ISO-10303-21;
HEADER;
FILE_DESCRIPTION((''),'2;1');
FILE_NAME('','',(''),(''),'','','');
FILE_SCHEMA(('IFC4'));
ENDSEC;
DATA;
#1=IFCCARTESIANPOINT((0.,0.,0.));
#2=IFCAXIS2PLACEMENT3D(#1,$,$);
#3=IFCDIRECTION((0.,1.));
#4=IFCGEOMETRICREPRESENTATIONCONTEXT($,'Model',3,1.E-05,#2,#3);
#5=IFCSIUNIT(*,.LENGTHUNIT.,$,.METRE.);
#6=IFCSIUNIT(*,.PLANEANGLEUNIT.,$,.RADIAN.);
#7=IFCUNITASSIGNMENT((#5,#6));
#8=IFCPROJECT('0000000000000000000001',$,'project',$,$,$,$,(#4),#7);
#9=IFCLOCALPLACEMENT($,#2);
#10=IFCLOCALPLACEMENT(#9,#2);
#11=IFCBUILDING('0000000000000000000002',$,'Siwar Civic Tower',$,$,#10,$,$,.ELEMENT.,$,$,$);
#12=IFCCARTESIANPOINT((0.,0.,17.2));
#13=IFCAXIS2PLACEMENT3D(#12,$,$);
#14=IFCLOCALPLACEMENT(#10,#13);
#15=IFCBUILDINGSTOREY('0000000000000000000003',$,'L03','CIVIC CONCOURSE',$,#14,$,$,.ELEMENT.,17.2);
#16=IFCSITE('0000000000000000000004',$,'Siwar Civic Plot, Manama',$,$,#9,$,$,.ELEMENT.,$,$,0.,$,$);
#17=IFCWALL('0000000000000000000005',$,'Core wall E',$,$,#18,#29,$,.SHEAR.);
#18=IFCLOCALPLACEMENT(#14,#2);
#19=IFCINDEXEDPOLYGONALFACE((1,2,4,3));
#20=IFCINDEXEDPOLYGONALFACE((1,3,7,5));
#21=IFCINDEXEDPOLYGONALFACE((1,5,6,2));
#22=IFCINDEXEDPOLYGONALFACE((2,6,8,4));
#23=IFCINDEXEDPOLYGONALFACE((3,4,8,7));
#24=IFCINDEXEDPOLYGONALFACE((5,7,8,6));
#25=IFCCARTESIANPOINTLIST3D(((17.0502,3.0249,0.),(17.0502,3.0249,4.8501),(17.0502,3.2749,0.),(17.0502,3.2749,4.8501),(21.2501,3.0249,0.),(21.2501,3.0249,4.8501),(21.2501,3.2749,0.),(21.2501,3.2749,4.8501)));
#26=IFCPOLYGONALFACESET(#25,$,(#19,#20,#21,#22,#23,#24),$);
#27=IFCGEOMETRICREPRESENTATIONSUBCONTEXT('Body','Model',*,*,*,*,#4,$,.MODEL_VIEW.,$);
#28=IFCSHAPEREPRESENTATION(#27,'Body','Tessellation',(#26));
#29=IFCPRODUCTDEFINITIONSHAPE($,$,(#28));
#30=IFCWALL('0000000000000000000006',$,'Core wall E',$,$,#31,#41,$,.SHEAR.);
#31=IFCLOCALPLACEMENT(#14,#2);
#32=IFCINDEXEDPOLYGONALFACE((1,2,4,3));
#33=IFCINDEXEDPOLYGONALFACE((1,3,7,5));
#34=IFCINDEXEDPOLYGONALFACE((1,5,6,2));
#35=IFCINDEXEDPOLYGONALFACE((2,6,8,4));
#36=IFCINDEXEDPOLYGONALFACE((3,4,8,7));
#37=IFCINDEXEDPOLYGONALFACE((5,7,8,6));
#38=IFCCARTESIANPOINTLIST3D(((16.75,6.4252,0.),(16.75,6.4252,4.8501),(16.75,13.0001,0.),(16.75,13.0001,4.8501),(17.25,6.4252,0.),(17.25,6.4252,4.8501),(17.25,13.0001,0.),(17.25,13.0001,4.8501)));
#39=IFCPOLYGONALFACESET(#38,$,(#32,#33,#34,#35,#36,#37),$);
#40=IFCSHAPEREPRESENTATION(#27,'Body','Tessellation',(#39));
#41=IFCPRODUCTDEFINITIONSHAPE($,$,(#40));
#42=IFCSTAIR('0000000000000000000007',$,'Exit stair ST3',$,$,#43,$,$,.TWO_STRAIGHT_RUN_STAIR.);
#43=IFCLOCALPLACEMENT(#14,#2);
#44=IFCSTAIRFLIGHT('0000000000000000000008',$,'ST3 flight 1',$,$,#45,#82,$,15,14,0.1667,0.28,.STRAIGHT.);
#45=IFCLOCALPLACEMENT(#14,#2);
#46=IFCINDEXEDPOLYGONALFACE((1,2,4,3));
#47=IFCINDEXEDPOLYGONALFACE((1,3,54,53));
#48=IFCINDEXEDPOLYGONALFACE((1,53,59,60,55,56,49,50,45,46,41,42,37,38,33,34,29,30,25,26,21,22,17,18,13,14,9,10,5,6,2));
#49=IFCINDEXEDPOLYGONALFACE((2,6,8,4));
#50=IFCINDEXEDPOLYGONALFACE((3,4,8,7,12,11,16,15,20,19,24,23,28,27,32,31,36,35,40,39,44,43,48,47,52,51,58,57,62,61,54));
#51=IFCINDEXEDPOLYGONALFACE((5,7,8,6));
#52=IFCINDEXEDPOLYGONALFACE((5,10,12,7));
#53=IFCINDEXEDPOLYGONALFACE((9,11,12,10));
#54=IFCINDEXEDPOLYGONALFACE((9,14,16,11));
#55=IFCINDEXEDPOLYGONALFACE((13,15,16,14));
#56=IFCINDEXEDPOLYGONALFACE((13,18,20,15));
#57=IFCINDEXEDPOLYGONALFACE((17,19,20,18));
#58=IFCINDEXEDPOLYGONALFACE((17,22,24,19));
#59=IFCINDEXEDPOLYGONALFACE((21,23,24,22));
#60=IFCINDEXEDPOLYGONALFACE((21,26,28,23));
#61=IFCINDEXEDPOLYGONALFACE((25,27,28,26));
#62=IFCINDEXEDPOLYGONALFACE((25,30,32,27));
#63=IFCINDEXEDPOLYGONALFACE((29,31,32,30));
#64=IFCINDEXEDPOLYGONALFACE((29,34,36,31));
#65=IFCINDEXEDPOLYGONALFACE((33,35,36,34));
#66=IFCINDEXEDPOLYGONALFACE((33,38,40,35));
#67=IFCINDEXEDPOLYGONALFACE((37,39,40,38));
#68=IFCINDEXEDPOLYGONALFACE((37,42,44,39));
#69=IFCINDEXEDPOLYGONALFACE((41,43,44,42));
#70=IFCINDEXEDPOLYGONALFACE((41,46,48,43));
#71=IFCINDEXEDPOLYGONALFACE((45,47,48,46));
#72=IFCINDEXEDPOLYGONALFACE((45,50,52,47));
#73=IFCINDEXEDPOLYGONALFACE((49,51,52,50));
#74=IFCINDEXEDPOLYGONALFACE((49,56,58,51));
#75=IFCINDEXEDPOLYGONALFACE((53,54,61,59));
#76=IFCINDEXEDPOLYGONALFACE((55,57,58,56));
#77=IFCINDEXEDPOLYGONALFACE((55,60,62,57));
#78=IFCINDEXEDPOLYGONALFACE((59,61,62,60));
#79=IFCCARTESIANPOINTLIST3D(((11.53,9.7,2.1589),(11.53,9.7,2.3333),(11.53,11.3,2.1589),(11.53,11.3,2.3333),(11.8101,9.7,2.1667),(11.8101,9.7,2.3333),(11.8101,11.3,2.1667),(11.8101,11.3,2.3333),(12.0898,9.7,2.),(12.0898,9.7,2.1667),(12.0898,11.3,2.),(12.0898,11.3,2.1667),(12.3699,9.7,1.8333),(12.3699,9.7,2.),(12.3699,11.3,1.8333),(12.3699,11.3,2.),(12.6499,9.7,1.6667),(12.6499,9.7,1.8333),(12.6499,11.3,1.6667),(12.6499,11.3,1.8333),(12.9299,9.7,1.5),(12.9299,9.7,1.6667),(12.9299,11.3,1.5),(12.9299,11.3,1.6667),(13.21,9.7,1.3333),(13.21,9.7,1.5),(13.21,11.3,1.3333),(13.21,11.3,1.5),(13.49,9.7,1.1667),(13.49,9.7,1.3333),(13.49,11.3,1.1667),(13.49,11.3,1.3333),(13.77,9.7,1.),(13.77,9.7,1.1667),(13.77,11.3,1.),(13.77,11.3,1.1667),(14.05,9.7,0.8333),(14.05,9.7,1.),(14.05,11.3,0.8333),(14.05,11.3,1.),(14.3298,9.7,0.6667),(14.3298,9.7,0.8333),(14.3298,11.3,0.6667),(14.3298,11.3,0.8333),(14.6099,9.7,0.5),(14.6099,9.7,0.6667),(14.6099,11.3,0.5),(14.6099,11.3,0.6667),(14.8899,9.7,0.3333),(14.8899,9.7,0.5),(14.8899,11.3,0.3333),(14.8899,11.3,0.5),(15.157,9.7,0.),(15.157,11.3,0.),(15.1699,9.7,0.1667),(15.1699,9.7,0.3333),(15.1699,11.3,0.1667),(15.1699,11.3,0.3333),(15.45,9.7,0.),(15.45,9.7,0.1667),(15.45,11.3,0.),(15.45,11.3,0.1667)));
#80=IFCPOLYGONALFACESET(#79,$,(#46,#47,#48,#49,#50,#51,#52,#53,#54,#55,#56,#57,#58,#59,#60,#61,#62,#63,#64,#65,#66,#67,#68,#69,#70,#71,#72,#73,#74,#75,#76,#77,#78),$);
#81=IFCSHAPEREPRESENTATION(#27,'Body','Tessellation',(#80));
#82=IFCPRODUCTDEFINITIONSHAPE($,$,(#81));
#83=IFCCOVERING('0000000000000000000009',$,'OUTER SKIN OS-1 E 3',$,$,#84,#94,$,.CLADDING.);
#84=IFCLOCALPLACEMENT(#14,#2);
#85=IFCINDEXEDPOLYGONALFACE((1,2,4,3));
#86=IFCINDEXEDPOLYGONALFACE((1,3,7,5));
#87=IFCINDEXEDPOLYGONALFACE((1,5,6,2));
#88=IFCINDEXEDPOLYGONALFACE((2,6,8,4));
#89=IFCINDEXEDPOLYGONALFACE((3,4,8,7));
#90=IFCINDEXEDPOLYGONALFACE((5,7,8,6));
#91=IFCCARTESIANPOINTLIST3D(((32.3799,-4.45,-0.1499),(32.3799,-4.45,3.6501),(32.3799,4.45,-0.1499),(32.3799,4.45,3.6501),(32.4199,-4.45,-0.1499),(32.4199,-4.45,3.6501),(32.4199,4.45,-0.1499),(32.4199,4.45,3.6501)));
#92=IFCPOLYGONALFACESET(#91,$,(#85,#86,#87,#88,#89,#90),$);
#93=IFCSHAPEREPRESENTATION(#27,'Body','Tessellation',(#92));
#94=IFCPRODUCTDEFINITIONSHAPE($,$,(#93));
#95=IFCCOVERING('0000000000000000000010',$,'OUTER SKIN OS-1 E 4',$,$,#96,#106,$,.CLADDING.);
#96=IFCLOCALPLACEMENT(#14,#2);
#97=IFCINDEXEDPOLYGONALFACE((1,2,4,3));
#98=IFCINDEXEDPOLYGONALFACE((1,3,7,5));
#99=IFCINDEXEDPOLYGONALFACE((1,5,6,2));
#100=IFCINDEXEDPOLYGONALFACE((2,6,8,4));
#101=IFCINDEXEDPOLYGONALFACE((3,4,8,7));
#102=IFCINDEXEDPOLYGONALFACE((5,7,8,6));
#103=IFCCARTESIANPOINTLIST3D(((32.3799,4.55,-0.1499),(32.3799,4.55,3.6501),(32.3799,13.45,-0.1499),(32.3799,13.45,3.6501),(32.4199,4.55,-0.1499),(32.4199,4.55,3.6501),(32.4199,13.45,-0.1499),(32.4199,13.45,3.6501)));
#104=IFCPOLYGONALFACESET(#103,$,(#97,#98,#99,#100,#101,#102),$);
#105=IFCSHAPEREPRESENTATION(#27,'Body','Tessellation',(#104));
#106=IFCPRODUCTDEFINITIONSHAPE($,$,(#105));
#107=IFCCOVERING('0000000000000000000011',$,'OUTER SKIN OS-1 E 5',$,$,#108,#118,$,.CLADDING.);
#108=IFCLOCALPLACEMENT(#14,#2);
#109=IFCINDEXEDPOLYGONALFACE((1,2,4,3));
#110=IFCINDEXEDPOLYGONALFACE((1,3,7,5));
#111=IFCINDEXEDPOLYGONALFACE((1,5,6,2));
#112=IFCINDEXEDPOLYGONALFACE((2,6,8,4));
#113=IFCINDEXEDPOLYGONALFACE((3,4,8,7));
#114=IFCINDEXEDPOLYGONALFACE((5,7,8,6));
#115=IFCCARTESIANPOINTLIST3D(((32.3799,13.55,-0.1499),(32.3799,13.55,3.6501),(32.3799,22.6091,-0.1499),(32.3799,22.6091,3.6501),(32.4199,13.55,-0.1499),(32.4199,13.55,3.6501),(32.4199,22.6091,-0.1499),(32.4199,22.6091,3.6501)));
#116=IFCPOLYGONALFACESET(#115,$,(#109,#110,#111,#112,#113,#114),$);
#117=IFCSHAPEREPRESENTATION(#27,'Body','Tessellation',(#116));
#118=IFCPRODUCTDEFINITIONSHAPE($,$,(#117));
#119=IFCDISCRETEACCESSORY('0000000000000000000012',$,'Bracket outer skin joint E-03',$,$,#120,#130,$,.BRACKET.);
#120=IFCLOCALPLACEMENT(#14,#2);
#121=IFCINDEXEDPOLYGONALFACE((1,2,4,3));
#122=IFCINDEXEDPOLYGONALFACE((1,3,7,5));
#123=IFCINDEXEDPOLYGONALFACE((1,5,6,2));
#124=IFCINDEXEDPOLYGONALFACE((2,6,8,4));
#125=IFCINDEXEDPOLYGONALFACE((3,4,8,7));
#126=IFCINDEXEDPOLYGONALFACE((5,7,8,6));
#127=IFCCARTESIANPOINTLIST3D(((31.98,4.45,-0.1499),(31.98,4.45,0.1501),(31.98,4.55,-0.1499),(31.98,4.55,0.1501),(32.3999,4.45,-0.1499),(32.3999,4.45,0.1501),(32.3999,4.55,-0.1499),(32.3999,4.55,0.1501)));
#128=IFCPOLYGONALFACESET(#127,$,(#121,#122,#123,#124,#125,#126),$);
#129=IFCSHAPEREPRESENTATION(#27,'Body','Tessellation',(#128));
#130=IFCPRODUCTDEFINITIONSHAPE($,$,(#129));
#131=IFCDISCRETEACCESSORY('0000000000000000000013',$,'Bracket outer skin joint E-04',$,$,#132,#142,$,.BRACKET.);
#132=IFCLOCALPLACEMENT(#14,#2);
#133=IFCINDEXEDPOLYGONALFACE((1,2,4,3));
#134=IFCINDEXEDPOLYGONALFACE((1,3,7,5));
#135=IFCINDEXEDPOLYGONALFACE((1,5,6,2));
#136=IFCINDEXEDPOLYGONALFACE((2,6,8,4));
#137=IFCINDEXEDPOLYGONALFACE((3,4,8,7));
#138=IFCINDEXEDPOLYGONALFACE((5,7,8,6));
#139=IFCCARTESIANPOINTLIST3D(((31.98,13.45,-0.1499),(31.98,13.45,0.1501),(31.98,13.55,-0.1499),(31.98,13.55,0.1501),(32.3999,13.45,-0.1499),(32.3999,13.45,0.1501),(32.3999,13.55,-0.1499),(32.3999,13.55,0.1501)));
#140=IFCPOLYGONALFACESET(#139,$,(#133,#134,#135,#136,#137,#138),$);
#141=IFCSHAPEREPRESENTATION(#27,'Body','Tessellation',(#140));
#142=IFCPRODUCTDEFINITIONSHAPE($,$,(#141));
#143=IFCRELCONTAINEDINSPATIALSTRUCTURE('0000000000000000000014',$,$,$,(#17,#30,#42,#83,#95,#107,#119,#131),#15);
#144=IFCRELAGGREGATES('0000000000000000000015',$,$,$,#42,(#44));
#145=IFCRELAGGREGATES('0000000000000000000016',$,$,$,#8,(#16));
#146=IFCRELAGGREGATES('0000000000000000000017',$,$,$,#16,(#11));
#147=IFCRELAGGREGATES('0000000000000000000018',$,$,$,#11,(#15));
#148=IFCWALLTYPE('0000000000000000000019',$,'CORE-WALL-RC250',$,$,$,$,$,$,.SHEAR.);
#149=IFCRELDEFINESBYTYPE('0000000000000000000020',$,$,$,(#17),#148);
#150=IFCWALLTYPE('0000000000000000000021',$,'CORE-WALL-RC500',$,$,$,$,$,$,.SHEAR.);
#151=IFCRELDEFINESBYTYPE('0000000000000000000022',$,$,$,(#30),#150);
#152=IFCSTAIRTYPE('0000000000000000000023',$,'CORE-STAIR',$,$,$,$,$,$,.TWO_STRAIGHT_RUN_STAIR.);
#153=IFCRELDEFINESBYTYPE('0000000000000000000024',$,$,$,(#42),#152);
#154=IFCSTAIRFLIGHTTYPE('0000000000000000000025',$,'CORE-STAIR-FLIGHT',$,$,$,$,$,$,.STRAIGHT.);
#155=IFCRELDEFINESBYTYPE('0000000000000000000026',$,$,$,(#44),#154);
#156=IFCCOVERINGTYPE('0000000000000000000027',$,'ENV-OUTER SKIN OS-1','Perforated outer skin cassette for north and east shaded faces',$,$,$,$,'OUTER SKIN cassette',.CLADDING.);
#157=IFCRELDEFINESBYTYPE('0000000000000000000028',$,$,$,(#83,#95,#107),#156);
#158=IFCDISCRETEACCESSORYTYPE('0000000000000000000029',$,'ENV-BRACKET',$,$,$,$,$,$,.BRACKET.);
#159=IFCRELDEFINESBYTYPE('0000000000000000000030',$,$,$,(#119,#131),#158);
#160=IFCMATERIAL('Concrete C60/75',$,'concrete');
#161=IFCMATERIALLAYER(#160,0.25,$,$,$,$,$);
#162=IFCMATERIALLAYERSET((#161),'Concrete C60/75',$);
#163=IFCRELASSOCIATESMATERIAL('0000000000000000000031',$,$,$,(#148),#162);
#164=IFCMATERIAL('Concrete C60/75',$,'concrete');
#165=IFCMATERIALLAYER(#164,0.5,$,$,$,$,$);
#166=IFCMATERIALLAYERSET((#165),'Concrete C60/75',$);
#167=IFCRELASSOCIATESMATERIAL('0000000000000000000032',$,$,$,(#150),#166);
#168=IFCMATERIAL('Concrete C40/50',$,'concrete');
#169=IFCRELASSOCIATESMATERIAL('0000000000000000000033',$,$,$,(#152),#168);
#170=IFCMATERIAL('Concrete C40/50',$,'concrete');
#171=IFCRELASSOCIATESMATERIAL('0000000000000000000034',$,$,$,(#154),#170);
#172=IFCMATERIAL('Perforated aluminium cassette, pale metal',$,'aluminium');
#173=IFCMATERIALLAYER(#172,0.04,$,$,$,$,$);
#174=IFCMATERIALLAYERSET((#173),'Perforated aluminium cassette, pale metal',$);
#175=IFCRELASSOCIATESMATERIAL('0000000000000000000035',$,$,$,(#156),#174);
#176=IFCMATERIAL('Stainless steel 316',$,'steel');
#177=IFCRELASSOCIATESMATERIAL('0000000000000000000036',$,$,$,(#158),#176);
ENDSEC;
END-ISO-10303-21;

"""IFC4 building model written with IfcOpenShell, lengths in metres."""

from ifc_helpers import new_model, si_unit, direction, frame, frame_2d, origin, origin_2d, place, context, subcontext, project, spatial, polyline, rectangle, outline, extrude, material, layer, layer_set, type_object, element, aggregate, save


model = new_model("IFC4")

# Units and contexts
model_context = context("Model", 3, precision=1e-05, world=origin(), true_north=direction((0.0, 1.0)))
body_context = subcontext(model_context, "Body", "Model", "MODEL_VIEW")
ifc_project = project(units=[si_unit("LENGTHUNIT", "METRE"), si_unit("PLANEANGLEUNIT", "RADIAN")], contexts=[model_context])

# Site, building, storey
site_placement = place(None, origin())
site = spatial("IfcSite", under=ifc_project, at=site_placement, Name="Siwar Civic Plot, Manama", CompositionType="ELEMENT", RefElevation=0.0)
building_placement = place(site_placement, origin())
building = spatial("IfcBuilding", under=site, at=building_placement, Name="Siwar Civic Tower", CompositionType="ELEMENT")
storey_placement = place(building_placement, frame((0.0, 0.0, 17.2)))
storey = spatial("IfcBuildingStorey", under=building, at=storey_placement, Name="L03", Description="CIVIC CONCOURSE", CompositionType="ELEMENT", Elevation=17.2)

# Shared definitions
ifc_material_1 = material(Name="Concrete C60/75", Category="concrete")
ifc_layer_1 = layer(ifc_material_1, 0.25)
ifc_layer_set_1 = layer_set([ifc_layer_1], Name="Concrete C60/75")
wall_type_1 = type_object("IfcWallType", Name="CORE-WALL-RC250", PredefinedType="SHEAR", material=ifc_layer_set_1)

# Walls
for number, where, z_axis, x_axis, name in (
    (1, (17.05, 3.1499, 0.0), (0.0, 0.0, 1.0), (1.0, 0.0, 0.0), "Core wall E"),
):
    element("IfcWall", number, at=place(storey_placement, frame(where, z_axis=z_axis, x_axis=x_axis)), inside=storey, type_object=wall_type_1, Name=name, PredefinedType="SHEAR", context=body_context, shape_type="SweptSolid", body=[
        extrude(rectangle(XDim=4.2, YDim=0.25, at=frame_2d((2.1001, 0.0))), origin(), (0.0, 0.0, 1.0), 4.8501),
    ])
ifc_material_2 = material(Name="Concrete C60/75", Category="concrete")
ifc_layer_2 = layer(ifc_material_2, 0.5)
ifc_layer_set_2 = layer_set([ifc_layer_2], Name="Concrete C60/75")
wall_type_2 = type_object("IfcWallType", Name="CORE-WALL-RC500", PredefinedType="SHEAR", material=ifc_layer_set_2)
wall_1_placement = place(storey_placement, frame((17.0, 6.425, 0.0), z_axis=(0.0, 0.0, 1.0), x_axis=(0.0, 1.0, 0.0)))
element("IfcWall", 2, at=wall_1_placement, inside=storey, type_object=wall_type_2, Name="Core wall E", PredefinedType="SHEAR", context=body_context, shape_type="SweptSolid", body=[
    extrude(rectangle(XDim=6.575, YDim=0.5, at=frame_2d((3.2876, 0.0))), origin(), (0.0, 0.0, 1.0), 4.8501),
])

# Stair, stair flight
ifc_material_3 = material(Name="Concrete C40/50", Category="concrete")
stair_type = type_object("IfcStairType", Name="CORE-STAIR", PredefinedType="TWO_STRAIGHT_RUN_STAIR", material=ifc_material_3)
stair_placement = place(storey_placement, origin())
stair = element("IfcStair", 3, at=stair_placement, inside=storey, type_object=stair_type, Name="Exit stair ST3", PredefinedType="TWO_STRAIGHT_RUN_STAIR")
ifc_material_4 = material(Name="Concrete C40/50", Category="concrete")
stair_flight_type = type_object("IfcStairFlightType", Name="CORE-STAIR-FLIGHT", PredefinedType="STRAIGHT", material=ifc_material_4)
stair_flight_placement = place(storey_placement, frame((15.45, 10.5, 0.0), z_axis=(0.0, 0.0, 1.0), x_axis=(-1.0, 0.0, 0.0)))
stair_flight = element("IfcStairFlight", 4, at=stair_flight_placement, type_object=stair_flight_type, Name="ST3 flight 1", NumberOfRisers=15, NumberOfTreads=14, PredefinedType="STRAIGHT", RiserHeight=0.1667, TreadLength=0.28, context=body_context, shape_type="SweptSolid", body=[
    extrude(outline(polyline([(0.0, 0.0), (0.0, 0.1667), (0.28, 0.1667), (0.28, 0.3333), (0.5601, 0.3333), (0.5601, 0.5), (0.8401, 0.5), (0.8401, 0.6667), (1.1201, 0.6667), (1.1201, 0.8333), (1.3999, 0.8333), (1.3999, 1.0), (1.6799, 1.0), (1.6799, 1.1667), (1.96, 1.1667), (1.96, 1.3333), (2.24, 1.3333), (2.24, 1.5), (2.52, 1.5), (2.52, 1.6667), (2.8, 1.6667), (2.8, 1.8333), (3.0801, 1.8333), (3.0801, 2.0), (3.3601, 2.0), (3.3601, 2.1667), (3.6399, 2.1667), (3.6399, 2.3333), (3.9199, 2.3333), (3.9199, 2.5), (3.9199, 2.1589), (0.293, 0.0), (0.0, 0.0)])), frame((0.0, 0.8, 0.0), z_axis=(0.0, -1.0, 0.0), x_axis=(1.0, 0.0, 0.0)), (0.0, 0.0, 1.0), 1.6001),
])
aggregate(stair, [stair_flight])

# Coverings
ifc_material_5 = material(Name="Perforated aluminium cassette, pale metal", Category="aluminium")
ifc_layer_3 = layer(ifc_material_5, 0.04)
ifc_layer_set_3 = layer_set([ifc_layer_3], Name="Perforated aluminium cassette, pale metal")
covering_type = type_object("IfcCoveringType", Name="ENV-OUTER SKIN OS-1", Description="Perforated outer skin cassette for north and east shaded faces", ElementType="OUTER SKIN cassette", PredefinedType="CLADDING", material=ifc_layer_set_3)
for number, where, z_axis, x_axis, name in (
    (5, (32.3999, 0.0, -0.1499), (0.0, 0.0, 1.0), (0.0, 1.0, 0.0), "OUTER SKIN OS-1 E 3"),
    (6, (32.3999, 9.0, -0.1499), (0.0, 0.0, 1.0), (0.0, 1.0, 0.0), "OUTER SKIN OS-1 E 4"),
):
    element("IfcCovering", number, at=place(storey_placement, frame(where, z_axis=z_axis, x_axis=x_axis)), inside=storey, type_object=covering_type, Name=name, PredefinedType="CLADDING", context=body_context, shape_type="SweptSolid", body=[
        extrude(rectangle(XDim=8.8999, YDim=0.04, at=origin_2d()), origin(), (0.0, 0.0, 1.0), 3.8),
    ])
covering_placement = place(storey_placement, frame((32.3999, 18.0796, -0.1499), z_axis=(0.0, 0.0, 1.0), x_axis=(0.0, 1.0, 0.0)))
element("IfcCovering", 7, at=covering_placement, inside=storey, type_object=covering_type, Name="OUTER SKIN OS-1 E 5", PredefinedType="CLADDING", context=body_context, shape_type="SweptSolid", body=[
    extrude(rectangle(XDim=9.0591, YDim=0.04, at=origin_2d()), origin(), (0.0, 0.0, 1.0), 3.8),
])

# Discrete accessories
ifc_material_6 = material(Name="Stainless steel 316", Category="steel")
discrete_accessory_type = type_object("IfcDiscreteAccessoryType", Name="ENV-BRACKET", PredefinedType="BRACKET", material=ifc_material_6)
for number, where, z_axis, x_axis, name in (
    (8, (32.1899, 4.5, -0.1499), (0.0, 0.0, 1.0), (1.0, 0.0, 0.0), "Bracket outer skin joint E-03"),
    (9, (32.1899, 13.5, -0.1499), (0.0, 0.0, 1.0), (1.0, 0.0, 0.0), "Bracket outer skin joint E-04"),
):
    element("IfcDiscreteAccessory", number, at=place(storey_placement, frame(where, z_axis=z_axis, x_axis=x_axis)), inside=storey, type_object=discrete_accessory_type, Name=name, PredefinedType="BRACKET", context=body_context, shape_type="SweptSolid", body=[
        extrude(rectangle(XDim=0.4199, YDim=0.1001, at=origin_2d()), origin(), (0.0, 0.0, 1.0), 0.3),
    ])

save(model, "model.ifc")
